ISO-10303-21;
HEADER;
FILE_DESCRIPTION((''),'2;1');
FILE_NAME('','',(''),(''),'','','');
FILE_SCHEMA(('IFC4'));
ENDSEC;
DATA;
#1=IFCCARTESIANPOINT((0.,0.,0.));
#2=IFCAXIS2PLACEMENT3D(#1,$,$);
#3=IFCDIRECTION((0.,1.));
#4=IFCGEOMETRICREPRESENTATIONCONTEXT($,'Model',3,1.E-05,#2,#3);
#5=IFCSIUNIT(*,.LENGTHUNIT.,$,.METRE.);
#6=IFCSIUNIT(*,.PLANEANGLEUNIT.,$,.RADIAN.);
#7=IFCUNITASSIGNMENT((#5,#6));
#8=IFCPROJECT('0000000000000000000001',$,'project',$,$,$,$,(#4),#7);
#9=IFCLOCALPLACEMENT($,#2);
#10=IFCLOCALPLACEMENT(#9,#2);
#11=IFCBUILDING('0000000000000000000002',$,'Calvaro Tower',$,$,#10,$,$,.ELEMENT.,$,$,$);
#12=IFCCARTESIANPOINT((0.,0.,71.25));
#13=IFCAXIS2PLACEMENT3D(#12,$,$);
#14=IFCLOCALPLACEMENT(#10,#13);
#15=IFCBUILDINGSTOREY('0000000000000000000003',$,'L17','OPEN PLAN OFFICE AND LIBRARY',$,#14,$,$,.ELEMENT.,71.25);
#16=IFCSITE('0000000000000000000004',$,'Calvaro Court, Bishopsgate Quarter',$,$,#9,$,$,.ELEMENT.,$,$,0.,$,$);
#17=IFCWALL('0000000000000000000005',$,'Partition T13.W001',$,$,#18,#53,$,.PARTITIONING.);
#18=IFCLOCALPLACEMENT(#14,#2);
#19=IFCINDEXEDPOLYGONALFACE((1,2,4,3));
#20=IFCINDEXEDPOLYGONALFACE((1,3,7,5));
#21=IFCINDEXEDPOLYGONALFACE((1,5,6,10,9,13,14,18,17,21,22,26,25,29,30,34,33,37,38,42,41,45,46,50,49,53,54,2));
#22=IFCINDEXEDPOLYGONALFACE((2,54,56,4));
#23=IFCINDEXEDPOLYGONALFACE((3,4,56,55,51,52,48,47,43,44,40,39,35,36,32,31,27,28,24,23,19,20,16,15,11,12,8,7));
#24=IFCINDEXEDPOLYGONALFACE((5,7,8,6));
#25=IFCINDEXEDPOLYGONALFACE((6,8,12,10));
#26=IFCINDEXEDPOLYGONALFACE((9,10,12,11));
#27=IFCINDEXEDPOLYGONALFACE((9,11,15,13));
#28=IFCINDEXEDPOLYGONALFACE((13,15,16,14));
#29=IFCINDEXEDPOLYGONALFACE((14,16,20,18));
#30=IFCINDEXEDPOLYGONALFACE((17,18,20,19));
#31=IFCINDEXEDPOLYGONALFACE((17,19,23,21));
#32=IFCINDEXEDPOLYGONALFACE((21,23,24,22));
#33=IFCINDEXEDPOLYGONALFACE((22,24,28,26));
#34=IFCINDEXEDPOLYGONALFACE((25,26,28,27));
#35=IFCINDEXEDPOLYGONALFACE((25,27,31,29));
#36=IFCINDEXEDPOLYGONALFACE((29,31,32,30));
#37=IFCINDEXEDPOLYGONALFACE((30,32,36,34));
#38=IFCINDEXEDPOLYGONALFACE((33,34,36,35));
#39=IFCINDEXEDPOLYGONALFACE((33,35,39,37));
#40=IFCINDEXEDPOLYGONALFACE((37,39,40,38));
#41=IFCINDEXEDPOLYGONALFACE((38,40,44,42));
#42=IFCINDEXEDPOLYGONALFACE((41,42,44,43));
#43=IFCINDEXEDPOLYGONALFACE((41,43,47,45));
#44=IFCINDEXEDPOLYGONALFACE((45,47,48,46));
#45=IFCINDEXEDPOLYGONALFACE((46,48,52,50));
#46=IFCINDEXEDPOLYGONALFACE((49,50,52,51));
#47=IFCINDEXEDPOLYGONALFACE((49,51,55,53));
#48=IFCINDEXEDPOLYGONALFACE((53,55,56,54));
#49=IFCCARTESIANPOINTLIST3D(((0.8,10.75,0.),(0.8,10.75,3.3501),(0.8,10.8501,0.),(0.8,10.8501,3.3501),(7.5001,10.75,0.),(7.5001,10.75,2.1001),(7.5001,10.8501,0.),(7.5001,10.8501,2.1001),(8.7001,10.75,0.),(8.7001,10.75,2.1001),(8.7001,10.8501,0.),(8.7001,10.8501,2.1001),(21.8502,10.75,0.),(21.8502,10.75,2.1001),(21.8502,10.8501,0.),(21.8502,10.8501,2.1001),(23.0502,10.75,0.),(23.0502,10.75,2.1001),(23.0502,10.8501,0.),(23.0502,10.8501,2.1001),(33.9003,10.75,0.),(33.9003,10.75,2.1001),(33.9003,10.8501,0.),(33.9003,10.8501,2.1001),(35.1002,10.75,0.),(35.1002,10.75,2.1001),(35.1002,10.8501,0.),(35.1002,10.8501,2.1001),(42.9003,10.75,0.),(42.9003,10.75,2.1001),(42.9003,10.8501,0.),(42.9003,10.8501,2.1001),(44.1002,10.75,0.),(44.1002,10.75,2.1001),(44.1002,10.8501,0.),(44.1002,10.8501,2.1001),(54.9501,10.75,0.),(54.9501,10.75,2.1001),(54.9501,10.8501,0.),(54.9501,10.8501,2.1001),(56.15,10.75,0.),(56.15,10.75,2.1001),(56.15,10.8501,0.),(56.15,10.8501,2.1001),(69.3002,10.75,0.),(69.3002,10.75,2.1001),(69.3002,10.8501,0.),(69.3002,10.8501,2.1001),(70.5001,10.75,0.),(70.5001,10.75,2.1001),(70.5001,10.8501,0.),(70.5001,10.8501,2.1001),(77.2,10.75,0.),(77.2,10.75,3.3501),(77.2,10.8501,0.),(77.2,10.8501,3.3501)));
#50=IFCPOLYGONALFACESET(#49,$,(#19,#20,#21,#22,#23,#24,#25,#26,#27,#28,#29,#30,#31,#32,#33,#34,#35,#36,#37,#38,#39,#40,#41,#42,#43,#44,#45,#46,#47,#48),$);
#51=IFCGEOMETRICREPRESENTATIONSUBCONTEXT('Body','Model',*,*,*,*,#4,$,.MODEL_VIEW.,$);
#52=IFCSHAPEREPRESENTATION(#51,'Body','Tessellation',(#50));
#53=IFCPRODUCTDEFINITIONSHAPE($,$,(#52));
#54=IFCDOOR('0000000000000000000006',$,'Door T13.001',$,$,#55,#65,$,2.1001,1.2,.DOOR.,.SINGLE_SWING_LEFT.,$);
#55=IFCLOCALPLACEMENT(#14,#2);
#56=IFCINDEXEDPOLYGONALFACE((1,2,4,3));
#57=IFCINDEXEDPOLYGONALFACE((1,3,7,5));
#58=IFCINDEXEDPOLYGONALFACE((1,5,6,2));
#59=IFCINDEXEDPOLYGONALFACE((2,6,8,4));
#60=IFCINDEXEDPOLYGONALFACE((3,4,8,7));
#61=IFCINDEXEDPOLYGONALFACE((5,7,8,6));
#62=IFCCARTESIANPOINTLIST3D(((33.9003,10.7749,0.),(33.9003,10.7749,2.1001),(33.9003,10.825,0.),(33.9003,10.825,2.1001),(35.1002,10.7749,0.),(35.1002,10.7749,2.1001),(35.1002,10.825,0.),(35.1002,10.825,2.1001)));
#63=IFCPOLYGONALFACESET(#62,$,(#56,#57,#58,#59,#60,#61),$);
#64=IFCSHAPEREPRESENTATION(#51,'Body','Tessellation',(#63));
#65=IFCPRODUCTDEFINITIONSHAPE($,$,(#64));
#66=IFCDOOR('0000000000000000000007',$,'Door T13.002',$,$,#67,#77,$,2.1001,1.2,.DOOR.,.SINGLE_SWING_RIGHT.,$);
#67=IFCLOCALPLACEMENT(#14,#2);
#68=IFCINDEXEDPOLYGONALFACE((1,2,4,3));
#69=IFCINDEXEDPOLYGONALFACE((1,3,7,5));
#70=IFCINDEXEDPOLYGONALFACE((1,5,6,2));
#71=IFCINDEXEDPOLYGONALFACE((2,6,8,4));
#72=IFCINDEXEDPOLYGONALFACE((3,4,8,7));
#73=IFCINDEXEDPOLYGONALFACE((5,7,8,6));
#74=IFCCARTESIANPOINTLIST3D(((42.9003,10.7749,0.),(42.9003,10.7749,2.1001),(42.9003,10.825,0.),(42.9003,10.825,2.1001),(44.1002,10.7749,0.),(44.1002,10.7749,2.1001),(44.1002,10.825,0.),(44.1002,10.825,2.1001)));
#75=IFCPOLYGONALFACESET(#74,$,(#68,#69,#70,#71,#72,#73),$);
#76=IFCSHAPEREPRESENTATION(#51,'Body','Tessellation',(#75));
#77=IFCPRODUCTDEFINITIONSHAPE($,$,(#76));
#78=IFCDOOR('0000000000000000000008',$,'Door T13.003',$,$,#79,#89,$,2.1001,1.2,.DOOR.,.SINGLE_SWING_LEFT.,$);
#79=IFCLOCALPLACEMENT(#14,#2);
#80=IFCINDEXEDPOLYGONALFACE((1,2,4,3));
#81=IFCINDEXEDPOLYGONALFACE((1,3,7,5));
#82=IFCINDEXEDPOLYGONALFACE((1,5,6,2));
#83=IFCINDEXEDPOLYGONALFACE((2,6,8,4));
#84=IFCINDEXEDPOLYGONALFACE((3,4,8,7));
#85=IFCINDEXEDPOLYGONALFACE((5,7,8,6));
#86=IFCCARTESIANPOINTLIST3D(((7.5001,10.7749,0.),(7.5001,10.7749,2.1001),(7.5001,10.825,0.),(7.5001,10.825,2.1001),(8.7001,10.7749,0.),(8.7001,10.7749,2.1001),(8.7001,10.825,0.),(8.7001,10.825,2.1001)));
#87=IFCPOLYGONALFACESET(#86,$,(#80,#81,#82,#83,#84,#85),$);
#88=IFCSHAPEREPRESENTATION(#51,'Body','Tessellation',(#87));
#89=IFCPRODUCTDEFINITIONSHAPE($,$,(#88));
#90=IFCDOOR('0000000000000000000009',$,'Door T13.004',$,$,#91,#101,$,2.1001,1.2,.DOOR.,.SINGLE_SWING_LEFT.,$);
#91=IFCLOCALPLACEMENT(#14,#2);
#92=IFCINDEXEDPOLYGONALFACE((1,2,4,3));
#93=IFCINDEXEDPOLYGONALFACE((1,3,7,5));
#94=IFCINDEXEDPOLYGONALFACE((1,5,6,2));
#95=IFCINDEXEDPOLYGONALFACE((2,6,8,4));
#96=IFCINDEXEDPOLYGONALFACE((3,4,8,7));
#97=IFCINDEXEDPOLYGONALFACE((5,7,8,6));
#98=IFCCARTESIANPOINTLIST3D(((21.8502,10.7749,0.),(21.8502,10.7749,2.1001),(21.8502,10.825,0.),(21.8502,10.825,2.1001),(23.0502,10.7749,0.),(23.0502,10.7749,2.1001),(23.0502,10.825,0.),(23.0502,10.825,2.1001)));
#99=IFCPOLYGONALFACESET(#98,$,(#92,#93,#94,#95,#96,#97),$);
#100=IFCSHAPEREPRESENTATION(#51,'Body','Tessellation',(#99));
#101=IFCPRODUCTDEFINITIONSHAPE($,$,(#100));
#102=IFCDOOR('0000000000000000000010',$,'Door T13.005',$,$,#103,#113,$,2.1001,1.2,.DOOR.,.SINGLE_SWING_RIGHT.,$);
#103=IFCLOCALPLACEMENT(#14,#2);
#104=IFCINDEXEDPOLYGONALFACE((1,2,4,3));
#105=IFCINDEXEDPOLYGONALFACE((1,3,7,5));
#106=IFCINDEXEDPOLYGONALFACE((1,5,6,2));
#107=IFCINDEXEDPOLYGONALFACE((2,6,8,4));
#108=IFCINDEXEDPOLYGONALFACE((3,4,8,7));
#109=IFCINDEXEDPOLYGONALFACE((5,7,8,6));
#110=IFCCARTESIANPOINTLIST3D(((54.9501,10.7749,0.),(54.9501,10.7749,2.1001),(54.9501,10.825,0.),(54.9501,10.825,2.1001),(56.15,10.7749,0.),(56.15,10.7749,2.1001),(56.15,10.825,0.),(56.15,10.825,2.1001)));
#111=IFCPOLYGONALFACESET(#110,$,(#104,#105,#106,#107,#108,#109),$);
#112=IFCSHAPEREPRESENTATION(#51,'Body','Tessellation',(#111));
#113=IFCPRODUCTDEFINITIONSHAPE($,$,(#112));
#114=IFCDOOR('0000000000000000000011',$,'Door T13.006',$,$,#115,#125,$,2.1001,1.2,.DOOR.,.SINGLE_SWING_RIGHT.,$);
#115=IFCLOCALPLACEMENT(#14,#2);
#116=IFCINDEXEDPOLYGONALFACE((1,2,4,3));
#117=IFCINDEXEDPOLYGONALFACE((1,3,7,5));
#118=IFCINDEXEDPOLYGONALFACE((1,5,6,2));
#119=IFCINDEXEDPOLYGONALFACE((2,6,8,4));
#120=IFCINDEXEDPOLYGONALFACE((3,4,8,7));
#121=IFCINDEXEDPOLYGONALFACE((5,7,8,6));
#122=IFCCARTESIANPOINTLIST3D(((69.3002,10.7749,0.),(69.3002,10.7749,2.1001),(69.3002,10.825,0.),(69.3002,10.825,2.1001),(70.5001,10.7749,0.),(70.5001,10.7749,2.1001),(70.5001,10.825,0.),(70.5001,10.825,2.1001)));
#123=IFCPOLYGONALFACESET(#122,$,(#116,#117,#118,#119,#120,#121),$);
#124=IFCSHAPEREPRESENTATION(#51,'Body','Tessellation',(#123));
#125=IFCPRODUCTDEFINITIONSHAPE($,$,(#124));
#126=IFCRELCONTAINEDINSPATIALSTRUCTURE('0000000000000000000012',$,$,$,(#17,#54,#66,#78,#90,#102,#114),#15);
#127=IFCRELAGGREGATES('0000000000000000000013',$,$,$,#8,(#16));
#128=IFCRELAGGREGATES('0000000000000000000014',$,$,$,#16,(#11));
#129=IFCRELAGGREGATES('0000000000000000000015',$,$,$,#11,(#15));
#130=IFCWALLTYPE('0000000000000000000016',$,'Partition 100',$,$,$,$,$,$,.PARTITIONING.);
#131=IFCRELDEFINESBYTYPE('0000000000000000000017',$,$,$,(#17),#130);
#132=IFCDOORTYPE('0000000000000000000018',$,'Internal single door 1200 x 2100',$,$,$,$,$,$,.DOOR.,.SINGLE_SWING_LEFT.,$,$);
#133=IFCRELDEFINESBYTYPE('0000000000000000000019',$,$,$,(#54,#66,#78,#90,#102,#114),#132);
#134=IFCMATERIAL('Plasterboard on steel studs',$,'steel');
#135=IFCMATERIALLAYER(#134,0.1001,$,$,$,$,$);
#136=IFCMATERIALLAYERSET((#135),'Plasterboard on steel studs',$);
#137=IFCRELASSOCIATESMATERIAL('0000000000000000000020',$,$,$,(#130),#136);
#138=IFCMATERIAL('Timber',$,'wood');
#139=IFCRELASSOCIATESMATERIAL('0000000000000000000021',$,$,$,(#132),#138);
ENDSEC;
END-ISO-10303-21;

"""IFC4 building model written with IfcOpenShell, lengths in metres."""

from ifc_helpers import new_model, si_unit, direction, frame, frame_2d, origin, place, context, subcontext, project, spatial, rectangle, extrude, material, layer, layer_set, type_object, element, fill, save


model = new_model("IFC4")

# Units and contexts
model_context = context("Model", 3, precision=1e-05, world=origin(), true_north=direction((0.0, 1.0)))
body_context = subcontext(model_context, "Body", "Model", "MODEL_VIEW")
ifc_project = project(units=[si_unit("LENGTHUNIT", "METRE"), si_unit("PLANEANGLEUNIT", "RADIAN")], contexts=[model_context])

# Site, building, storey
site_placement = place(None, origin())
site = spatial("IfcSite", under=ifc_project, at=site_placement, Name="Calvaro Court, Bishopsgate Quarter", CompositionType="ELEMENT", RefElevation=0.0)
building_placement = place(site_placement, origin())
building = spatial("IfcBuilding", under=site, at=building_placement, Name="Calvaro Tower", CompositionType="ELEMENT")
storey_placement = place(building_placement, frame((0.0, 0.0, 71.25)))
storey = spatial("IfcBuildingStorey", under=building, at=storey_placement, Name="L17", Description="OPEN PLAN OFFICE AND LIBRARY", CompositionType="ELEMENT", Elevation=71.25)

# Wall, openings, doors
ifc_material_1 = material(Name="Plasterboard on steel studs", Category="steel")
ifc_layer_1 = layer(ifc_material_1, 0.1001)
ifc_layer_set_1 = layer_set([ifc_layer_1], Name="Plasterboard on steel studs")
wall_type_1 = type_object("IfcWallType", Name="Partition 100", PredefinedType="PARTITIONING", material=ifc_layer_set_1)
wall_1_placement = place(storey_placement, frame((0.8, 10.8, 0.0), z_axis=(0.0, 0.0, 1.0), x_axis=(1.0, 0.0, 0.0)))
wall_1 = element("IfcWall", 1, at=wall_1_placement, inside=storey, type_object=wall_type_1, Name="Partition T13.W001", PredefinedType="PARTITIONING", context=body_context, shape_type="SweptSolid", body=[
    extrude(rectangle(XDim=76.3999, YDim=0.1001, at=frame_2d((38.2, 0.0))), origin(), (0.0, 0.0, 1.0), 3.3501),
])
opening_1_placement = place(wall_1_placement, frame((33.1001, 0.0, 0.0)))
opening_1 = element("IfcOpeningElement", 2, at=opening_1_placement, cuts=wall_1, PredefinedType="OPENING", context=body_context, shape_type="SweptSolid", body=[
    extrude(rectangle(XDim=1.2, YDim=2.1001, at=frame_2d((0.6001, 1.05))), frame((0.0, 0.0601, 0.0), z_axis=(0.0, -1.0, 0.0), x_axis=(1.0, 0.0, 0.0)), (0.0, 0.0, 1.0), 0.1201),
])
opening_2_placement = place(wall_1_placement, frame((42.1001, 0.0, 0.0)))
opening_2 = element("IfcOpeningElement", 3, at=opening_2_placement, cuts=wall_1, PredefinedType="OPENING", context=body_context, shape_type="SweptSolid", body=[
    extrude(rectangle(XDim=1.2, YDim=2.1001, at=frame_2d((0.6001, 1.05))), frame((0.0, 0.0601, 0.0), z_axis=(0.0, -1.0, 0.0), x_axis=(1.0, 0.0, 0.0)), (0.0, 0.0, 1.0), 0.1201),
])
opening_3_placement = place(wall_1_placement, frame((6.7, 0.0, 0.0)))
opening_3 = element("IfcOpeningElement", 4, at=opening_3_placement, cuts=wall_1, PredefinedType="OPENING", context=body_context, shape_type="SweptSolid", body=[
    extrude(rectangle(XDim=1.2, YDim=2.1001, at=frame_2d((0.6001, 1.05))), frame((0.0, 0.0601, 0.0), z_axis=(0.0, -1.0, 0.0), x_axis=(1.0, 0.0, 0.0)), (0.0, 0.0, 1.0), 0.1201),
])
opening_4_placement = place(wall_1_placement, frame((21.05, 0.0, 0.0)))
opening_4 = element("IfcOpeningElement", 5, at=opening_4_placement, cuts=wall_1, PredefinedType="OPENING", context=body_context, shape_type="SweptSolid", body=[
    extrude(rectangle(XDim=1.2, YDim=2.1001, at=frame_2d((0.6001, 1.05))), frame((0.0, 0.0601, 0.0), z_axis=(0.0, -1.0, 0.0), x_axis=(1.0, 0.0, 0.0)), (0.0, 0.0, 1.0), 0.1201),
])
opening_5_placement = place(wall_1_placement, frame((54.1499, 0.0, 0.0)))
opening_5 = element("IfcOpeningElement", 6, at=opening_5_placement, cuts=wall_1, PredefinedType="OPENING", context=body_context, shape_type="SweptSolid", body=[
    extrude(rectangle(XDim=1.2, YDim=2.1001, at=frame_2d((0.6001, 1.05))), frame((0.0, 0.0601, 0.0), z_axis=(0.0, -1.0, 0.0), x_axis=(1.0, 0.0, 0.0)), (0.0, 0.0, 1.0), 0.1201),
])
opening_6_placement = place(wall_1_placement, frame((68.5, 0.0, 0.0)))
opening_6 = element("IfcOpeningElement", 7, at=opening_6_placement, cuts=wall_1, PredefinedType="OPENING", context=body_context, shape_type="SweptSolid", body=[
    extrude(rectangle(XDim=1.2, YDim=2.1001, at=frame_2d((0.6001, 1.05))), frame((0.0, 0.0601, 0.0), z_axis=(0.0, -1.0, 0.0), x_axis=(1.0, 0.0, 0.0)), (0.0, 0.0, 1.0), 0.1201),
])
ifc_material_2 = material(Name="Timber", Category="wood")
door_type = type_object("IfcDoorType", Name="Internal single door 1200 x 2100", OperationType="SINGLE_SWING_LEFT", PredefinedType="DOOR", material=ifc_material_2)
door_1_placement = place(opening_1_placement, origin())
door_1 = element("IfcDoor", 8, at=door_1_placement, inside=storey, type_object=door_type, Name="Door T13.001", OperationType="SINGLE_SWING_LEFT", OverallHeight=2.1001, OverallWidth=1.2, PredefinedType="DOOR", context=body_context, shape_type="SweptSolid", body=[
    extrude(rectangle(XDim=1.2, YDim=2.1001, at=frame_2d((0.6001, 1.05))), frame((0.0, 0.0249, 0.0), z_axis=(0.0, -1.0, 0.0), x_axis=(1.0, 0.0, 0.0)), (0.0, 0.0, 1.0), 0.05),
])
fill(opening_1, door_1)
door_2_placement = place(opening_2_placement, origin())
door_2 = element("IfcDoor", 9, at=door_2_placement, inside=storey, type_object=door_type, Name="Door T13.002", OperationType="SINGLE_SWING_RIGHT", OverallHeight=2.1001, OverallWidth=1.2, PredefinedType="DOOR", context=body_context, shape_type="SweptSolid", body=[
    extrude(rectangle(XDim=1.2, YDim=2.1001, at=frame_2d((0.6001, 1.05))), frame((0.0, 0.0249, 0.0), z_axis=(0.0, -1.0, 0.0), x_axis=(1.0, 0.0, 0.0)), (0.0, 0.0, 1.0), 0.05),
])
fill(opening_2, door_2)
door_3_placement = place(opening_3_placement, origin())
door_3 = element("IfcDoor", 10, at=door_3_placement, inside=storey, type_object=door_type, Name="Door T13.003", OperationType="SINGLE_SWING_LEFT", OverallHeight=2.1001, OverallWidth=1.2, PredefinedType="DOOR", context=body_context, shape_type="SweptSolid", body=[
    extrude(rectangle(XDim=1.2, YDim=2.1001, at=frame_2d((0.6001, 1.05))), frame((0.0, 0.0249, 0.0), z_axis=(0.0, -1.0, 0.0), x_axis=(1.0, 0.0, 0.0)), (0.0, 0.0, 1.0), 0.05),
])
fill(opening_3, door_3)
door_4_placement = place(opening_4_placement, origin())
door_4 = element("IfcDoor", 11, at=door_4_placement, inside=storey, type_object=door_type, Name="Door T13.004", OperationType="SINGLE_SWING_LEFT", OverallHeight=2.1001, OverallWidth=1.2, PredefinedType="DOOR", context=body_context, shape_type="SweptSolid", body=[
    extrude(rectangle(XDim=1.2, YDim=2.1001, at=frame_2d((0.6001, 1.05))), frame((0.0, 0.0249, 0.0), z_axis=(0.0, -1.0, 0.0), x_axis=(1.0, 0.0, 0.0)), (0.0, 0.0, 1.0), 0.05),
])
fill(opening_4, door_4)
door_5_placement = place(opening_5_placement, origin())
door_5 = element("IfcDoor", 12, at=door_5_placement, inside=storey, type_object=door_type, Name="Door T13.005", OperationType="SINGLE_SWING_RIGHT", OverallHeight=2.1001, OverallWidth=1.2, PredefinedType="DOOR", context=body_context, shape_type="SweptSolid", body=[
    extrude(rectangle(XDim=1.2, YDim=2.1001, at=frame_2d((0.6001, 1.05))), frame((0.0, 0.0249, 0.0), z_axis=(0.0, -1.0, 0.0), x_axis=(1.0, 0.0, 0.0)), (0.0, 0.0, 1.0), 0.05),
])
fill(opening_5, door_5)
door_6_placement = place(opening_6_placement, origin())
door_6 = element("IfcDoor", 13, at=door_6_placement, inside=storey, type_object=door_type, Name="Door T13.006", OperationType="SINGLE_SWING_RIGHT", OverallHeight=2.1001, OverallWidth=1.2, PredefinedType="DOOR", context=body_context, shape_type="SweptSolid", body=[
    extrude(rectangle(XDim=1.2, YDim=2.1001, at=frame_2d((0.6001, 1.05))), frame((0.0, 0.0249, 0.0), z_axis=(0.0, -1.0, 0.0), x_axis=(1.0, 0.0, 0.0)), (0.0, 0.0, 1.0), 0.05),
])
fill(opening_6, door_6)

save(model, "model.ifc")
